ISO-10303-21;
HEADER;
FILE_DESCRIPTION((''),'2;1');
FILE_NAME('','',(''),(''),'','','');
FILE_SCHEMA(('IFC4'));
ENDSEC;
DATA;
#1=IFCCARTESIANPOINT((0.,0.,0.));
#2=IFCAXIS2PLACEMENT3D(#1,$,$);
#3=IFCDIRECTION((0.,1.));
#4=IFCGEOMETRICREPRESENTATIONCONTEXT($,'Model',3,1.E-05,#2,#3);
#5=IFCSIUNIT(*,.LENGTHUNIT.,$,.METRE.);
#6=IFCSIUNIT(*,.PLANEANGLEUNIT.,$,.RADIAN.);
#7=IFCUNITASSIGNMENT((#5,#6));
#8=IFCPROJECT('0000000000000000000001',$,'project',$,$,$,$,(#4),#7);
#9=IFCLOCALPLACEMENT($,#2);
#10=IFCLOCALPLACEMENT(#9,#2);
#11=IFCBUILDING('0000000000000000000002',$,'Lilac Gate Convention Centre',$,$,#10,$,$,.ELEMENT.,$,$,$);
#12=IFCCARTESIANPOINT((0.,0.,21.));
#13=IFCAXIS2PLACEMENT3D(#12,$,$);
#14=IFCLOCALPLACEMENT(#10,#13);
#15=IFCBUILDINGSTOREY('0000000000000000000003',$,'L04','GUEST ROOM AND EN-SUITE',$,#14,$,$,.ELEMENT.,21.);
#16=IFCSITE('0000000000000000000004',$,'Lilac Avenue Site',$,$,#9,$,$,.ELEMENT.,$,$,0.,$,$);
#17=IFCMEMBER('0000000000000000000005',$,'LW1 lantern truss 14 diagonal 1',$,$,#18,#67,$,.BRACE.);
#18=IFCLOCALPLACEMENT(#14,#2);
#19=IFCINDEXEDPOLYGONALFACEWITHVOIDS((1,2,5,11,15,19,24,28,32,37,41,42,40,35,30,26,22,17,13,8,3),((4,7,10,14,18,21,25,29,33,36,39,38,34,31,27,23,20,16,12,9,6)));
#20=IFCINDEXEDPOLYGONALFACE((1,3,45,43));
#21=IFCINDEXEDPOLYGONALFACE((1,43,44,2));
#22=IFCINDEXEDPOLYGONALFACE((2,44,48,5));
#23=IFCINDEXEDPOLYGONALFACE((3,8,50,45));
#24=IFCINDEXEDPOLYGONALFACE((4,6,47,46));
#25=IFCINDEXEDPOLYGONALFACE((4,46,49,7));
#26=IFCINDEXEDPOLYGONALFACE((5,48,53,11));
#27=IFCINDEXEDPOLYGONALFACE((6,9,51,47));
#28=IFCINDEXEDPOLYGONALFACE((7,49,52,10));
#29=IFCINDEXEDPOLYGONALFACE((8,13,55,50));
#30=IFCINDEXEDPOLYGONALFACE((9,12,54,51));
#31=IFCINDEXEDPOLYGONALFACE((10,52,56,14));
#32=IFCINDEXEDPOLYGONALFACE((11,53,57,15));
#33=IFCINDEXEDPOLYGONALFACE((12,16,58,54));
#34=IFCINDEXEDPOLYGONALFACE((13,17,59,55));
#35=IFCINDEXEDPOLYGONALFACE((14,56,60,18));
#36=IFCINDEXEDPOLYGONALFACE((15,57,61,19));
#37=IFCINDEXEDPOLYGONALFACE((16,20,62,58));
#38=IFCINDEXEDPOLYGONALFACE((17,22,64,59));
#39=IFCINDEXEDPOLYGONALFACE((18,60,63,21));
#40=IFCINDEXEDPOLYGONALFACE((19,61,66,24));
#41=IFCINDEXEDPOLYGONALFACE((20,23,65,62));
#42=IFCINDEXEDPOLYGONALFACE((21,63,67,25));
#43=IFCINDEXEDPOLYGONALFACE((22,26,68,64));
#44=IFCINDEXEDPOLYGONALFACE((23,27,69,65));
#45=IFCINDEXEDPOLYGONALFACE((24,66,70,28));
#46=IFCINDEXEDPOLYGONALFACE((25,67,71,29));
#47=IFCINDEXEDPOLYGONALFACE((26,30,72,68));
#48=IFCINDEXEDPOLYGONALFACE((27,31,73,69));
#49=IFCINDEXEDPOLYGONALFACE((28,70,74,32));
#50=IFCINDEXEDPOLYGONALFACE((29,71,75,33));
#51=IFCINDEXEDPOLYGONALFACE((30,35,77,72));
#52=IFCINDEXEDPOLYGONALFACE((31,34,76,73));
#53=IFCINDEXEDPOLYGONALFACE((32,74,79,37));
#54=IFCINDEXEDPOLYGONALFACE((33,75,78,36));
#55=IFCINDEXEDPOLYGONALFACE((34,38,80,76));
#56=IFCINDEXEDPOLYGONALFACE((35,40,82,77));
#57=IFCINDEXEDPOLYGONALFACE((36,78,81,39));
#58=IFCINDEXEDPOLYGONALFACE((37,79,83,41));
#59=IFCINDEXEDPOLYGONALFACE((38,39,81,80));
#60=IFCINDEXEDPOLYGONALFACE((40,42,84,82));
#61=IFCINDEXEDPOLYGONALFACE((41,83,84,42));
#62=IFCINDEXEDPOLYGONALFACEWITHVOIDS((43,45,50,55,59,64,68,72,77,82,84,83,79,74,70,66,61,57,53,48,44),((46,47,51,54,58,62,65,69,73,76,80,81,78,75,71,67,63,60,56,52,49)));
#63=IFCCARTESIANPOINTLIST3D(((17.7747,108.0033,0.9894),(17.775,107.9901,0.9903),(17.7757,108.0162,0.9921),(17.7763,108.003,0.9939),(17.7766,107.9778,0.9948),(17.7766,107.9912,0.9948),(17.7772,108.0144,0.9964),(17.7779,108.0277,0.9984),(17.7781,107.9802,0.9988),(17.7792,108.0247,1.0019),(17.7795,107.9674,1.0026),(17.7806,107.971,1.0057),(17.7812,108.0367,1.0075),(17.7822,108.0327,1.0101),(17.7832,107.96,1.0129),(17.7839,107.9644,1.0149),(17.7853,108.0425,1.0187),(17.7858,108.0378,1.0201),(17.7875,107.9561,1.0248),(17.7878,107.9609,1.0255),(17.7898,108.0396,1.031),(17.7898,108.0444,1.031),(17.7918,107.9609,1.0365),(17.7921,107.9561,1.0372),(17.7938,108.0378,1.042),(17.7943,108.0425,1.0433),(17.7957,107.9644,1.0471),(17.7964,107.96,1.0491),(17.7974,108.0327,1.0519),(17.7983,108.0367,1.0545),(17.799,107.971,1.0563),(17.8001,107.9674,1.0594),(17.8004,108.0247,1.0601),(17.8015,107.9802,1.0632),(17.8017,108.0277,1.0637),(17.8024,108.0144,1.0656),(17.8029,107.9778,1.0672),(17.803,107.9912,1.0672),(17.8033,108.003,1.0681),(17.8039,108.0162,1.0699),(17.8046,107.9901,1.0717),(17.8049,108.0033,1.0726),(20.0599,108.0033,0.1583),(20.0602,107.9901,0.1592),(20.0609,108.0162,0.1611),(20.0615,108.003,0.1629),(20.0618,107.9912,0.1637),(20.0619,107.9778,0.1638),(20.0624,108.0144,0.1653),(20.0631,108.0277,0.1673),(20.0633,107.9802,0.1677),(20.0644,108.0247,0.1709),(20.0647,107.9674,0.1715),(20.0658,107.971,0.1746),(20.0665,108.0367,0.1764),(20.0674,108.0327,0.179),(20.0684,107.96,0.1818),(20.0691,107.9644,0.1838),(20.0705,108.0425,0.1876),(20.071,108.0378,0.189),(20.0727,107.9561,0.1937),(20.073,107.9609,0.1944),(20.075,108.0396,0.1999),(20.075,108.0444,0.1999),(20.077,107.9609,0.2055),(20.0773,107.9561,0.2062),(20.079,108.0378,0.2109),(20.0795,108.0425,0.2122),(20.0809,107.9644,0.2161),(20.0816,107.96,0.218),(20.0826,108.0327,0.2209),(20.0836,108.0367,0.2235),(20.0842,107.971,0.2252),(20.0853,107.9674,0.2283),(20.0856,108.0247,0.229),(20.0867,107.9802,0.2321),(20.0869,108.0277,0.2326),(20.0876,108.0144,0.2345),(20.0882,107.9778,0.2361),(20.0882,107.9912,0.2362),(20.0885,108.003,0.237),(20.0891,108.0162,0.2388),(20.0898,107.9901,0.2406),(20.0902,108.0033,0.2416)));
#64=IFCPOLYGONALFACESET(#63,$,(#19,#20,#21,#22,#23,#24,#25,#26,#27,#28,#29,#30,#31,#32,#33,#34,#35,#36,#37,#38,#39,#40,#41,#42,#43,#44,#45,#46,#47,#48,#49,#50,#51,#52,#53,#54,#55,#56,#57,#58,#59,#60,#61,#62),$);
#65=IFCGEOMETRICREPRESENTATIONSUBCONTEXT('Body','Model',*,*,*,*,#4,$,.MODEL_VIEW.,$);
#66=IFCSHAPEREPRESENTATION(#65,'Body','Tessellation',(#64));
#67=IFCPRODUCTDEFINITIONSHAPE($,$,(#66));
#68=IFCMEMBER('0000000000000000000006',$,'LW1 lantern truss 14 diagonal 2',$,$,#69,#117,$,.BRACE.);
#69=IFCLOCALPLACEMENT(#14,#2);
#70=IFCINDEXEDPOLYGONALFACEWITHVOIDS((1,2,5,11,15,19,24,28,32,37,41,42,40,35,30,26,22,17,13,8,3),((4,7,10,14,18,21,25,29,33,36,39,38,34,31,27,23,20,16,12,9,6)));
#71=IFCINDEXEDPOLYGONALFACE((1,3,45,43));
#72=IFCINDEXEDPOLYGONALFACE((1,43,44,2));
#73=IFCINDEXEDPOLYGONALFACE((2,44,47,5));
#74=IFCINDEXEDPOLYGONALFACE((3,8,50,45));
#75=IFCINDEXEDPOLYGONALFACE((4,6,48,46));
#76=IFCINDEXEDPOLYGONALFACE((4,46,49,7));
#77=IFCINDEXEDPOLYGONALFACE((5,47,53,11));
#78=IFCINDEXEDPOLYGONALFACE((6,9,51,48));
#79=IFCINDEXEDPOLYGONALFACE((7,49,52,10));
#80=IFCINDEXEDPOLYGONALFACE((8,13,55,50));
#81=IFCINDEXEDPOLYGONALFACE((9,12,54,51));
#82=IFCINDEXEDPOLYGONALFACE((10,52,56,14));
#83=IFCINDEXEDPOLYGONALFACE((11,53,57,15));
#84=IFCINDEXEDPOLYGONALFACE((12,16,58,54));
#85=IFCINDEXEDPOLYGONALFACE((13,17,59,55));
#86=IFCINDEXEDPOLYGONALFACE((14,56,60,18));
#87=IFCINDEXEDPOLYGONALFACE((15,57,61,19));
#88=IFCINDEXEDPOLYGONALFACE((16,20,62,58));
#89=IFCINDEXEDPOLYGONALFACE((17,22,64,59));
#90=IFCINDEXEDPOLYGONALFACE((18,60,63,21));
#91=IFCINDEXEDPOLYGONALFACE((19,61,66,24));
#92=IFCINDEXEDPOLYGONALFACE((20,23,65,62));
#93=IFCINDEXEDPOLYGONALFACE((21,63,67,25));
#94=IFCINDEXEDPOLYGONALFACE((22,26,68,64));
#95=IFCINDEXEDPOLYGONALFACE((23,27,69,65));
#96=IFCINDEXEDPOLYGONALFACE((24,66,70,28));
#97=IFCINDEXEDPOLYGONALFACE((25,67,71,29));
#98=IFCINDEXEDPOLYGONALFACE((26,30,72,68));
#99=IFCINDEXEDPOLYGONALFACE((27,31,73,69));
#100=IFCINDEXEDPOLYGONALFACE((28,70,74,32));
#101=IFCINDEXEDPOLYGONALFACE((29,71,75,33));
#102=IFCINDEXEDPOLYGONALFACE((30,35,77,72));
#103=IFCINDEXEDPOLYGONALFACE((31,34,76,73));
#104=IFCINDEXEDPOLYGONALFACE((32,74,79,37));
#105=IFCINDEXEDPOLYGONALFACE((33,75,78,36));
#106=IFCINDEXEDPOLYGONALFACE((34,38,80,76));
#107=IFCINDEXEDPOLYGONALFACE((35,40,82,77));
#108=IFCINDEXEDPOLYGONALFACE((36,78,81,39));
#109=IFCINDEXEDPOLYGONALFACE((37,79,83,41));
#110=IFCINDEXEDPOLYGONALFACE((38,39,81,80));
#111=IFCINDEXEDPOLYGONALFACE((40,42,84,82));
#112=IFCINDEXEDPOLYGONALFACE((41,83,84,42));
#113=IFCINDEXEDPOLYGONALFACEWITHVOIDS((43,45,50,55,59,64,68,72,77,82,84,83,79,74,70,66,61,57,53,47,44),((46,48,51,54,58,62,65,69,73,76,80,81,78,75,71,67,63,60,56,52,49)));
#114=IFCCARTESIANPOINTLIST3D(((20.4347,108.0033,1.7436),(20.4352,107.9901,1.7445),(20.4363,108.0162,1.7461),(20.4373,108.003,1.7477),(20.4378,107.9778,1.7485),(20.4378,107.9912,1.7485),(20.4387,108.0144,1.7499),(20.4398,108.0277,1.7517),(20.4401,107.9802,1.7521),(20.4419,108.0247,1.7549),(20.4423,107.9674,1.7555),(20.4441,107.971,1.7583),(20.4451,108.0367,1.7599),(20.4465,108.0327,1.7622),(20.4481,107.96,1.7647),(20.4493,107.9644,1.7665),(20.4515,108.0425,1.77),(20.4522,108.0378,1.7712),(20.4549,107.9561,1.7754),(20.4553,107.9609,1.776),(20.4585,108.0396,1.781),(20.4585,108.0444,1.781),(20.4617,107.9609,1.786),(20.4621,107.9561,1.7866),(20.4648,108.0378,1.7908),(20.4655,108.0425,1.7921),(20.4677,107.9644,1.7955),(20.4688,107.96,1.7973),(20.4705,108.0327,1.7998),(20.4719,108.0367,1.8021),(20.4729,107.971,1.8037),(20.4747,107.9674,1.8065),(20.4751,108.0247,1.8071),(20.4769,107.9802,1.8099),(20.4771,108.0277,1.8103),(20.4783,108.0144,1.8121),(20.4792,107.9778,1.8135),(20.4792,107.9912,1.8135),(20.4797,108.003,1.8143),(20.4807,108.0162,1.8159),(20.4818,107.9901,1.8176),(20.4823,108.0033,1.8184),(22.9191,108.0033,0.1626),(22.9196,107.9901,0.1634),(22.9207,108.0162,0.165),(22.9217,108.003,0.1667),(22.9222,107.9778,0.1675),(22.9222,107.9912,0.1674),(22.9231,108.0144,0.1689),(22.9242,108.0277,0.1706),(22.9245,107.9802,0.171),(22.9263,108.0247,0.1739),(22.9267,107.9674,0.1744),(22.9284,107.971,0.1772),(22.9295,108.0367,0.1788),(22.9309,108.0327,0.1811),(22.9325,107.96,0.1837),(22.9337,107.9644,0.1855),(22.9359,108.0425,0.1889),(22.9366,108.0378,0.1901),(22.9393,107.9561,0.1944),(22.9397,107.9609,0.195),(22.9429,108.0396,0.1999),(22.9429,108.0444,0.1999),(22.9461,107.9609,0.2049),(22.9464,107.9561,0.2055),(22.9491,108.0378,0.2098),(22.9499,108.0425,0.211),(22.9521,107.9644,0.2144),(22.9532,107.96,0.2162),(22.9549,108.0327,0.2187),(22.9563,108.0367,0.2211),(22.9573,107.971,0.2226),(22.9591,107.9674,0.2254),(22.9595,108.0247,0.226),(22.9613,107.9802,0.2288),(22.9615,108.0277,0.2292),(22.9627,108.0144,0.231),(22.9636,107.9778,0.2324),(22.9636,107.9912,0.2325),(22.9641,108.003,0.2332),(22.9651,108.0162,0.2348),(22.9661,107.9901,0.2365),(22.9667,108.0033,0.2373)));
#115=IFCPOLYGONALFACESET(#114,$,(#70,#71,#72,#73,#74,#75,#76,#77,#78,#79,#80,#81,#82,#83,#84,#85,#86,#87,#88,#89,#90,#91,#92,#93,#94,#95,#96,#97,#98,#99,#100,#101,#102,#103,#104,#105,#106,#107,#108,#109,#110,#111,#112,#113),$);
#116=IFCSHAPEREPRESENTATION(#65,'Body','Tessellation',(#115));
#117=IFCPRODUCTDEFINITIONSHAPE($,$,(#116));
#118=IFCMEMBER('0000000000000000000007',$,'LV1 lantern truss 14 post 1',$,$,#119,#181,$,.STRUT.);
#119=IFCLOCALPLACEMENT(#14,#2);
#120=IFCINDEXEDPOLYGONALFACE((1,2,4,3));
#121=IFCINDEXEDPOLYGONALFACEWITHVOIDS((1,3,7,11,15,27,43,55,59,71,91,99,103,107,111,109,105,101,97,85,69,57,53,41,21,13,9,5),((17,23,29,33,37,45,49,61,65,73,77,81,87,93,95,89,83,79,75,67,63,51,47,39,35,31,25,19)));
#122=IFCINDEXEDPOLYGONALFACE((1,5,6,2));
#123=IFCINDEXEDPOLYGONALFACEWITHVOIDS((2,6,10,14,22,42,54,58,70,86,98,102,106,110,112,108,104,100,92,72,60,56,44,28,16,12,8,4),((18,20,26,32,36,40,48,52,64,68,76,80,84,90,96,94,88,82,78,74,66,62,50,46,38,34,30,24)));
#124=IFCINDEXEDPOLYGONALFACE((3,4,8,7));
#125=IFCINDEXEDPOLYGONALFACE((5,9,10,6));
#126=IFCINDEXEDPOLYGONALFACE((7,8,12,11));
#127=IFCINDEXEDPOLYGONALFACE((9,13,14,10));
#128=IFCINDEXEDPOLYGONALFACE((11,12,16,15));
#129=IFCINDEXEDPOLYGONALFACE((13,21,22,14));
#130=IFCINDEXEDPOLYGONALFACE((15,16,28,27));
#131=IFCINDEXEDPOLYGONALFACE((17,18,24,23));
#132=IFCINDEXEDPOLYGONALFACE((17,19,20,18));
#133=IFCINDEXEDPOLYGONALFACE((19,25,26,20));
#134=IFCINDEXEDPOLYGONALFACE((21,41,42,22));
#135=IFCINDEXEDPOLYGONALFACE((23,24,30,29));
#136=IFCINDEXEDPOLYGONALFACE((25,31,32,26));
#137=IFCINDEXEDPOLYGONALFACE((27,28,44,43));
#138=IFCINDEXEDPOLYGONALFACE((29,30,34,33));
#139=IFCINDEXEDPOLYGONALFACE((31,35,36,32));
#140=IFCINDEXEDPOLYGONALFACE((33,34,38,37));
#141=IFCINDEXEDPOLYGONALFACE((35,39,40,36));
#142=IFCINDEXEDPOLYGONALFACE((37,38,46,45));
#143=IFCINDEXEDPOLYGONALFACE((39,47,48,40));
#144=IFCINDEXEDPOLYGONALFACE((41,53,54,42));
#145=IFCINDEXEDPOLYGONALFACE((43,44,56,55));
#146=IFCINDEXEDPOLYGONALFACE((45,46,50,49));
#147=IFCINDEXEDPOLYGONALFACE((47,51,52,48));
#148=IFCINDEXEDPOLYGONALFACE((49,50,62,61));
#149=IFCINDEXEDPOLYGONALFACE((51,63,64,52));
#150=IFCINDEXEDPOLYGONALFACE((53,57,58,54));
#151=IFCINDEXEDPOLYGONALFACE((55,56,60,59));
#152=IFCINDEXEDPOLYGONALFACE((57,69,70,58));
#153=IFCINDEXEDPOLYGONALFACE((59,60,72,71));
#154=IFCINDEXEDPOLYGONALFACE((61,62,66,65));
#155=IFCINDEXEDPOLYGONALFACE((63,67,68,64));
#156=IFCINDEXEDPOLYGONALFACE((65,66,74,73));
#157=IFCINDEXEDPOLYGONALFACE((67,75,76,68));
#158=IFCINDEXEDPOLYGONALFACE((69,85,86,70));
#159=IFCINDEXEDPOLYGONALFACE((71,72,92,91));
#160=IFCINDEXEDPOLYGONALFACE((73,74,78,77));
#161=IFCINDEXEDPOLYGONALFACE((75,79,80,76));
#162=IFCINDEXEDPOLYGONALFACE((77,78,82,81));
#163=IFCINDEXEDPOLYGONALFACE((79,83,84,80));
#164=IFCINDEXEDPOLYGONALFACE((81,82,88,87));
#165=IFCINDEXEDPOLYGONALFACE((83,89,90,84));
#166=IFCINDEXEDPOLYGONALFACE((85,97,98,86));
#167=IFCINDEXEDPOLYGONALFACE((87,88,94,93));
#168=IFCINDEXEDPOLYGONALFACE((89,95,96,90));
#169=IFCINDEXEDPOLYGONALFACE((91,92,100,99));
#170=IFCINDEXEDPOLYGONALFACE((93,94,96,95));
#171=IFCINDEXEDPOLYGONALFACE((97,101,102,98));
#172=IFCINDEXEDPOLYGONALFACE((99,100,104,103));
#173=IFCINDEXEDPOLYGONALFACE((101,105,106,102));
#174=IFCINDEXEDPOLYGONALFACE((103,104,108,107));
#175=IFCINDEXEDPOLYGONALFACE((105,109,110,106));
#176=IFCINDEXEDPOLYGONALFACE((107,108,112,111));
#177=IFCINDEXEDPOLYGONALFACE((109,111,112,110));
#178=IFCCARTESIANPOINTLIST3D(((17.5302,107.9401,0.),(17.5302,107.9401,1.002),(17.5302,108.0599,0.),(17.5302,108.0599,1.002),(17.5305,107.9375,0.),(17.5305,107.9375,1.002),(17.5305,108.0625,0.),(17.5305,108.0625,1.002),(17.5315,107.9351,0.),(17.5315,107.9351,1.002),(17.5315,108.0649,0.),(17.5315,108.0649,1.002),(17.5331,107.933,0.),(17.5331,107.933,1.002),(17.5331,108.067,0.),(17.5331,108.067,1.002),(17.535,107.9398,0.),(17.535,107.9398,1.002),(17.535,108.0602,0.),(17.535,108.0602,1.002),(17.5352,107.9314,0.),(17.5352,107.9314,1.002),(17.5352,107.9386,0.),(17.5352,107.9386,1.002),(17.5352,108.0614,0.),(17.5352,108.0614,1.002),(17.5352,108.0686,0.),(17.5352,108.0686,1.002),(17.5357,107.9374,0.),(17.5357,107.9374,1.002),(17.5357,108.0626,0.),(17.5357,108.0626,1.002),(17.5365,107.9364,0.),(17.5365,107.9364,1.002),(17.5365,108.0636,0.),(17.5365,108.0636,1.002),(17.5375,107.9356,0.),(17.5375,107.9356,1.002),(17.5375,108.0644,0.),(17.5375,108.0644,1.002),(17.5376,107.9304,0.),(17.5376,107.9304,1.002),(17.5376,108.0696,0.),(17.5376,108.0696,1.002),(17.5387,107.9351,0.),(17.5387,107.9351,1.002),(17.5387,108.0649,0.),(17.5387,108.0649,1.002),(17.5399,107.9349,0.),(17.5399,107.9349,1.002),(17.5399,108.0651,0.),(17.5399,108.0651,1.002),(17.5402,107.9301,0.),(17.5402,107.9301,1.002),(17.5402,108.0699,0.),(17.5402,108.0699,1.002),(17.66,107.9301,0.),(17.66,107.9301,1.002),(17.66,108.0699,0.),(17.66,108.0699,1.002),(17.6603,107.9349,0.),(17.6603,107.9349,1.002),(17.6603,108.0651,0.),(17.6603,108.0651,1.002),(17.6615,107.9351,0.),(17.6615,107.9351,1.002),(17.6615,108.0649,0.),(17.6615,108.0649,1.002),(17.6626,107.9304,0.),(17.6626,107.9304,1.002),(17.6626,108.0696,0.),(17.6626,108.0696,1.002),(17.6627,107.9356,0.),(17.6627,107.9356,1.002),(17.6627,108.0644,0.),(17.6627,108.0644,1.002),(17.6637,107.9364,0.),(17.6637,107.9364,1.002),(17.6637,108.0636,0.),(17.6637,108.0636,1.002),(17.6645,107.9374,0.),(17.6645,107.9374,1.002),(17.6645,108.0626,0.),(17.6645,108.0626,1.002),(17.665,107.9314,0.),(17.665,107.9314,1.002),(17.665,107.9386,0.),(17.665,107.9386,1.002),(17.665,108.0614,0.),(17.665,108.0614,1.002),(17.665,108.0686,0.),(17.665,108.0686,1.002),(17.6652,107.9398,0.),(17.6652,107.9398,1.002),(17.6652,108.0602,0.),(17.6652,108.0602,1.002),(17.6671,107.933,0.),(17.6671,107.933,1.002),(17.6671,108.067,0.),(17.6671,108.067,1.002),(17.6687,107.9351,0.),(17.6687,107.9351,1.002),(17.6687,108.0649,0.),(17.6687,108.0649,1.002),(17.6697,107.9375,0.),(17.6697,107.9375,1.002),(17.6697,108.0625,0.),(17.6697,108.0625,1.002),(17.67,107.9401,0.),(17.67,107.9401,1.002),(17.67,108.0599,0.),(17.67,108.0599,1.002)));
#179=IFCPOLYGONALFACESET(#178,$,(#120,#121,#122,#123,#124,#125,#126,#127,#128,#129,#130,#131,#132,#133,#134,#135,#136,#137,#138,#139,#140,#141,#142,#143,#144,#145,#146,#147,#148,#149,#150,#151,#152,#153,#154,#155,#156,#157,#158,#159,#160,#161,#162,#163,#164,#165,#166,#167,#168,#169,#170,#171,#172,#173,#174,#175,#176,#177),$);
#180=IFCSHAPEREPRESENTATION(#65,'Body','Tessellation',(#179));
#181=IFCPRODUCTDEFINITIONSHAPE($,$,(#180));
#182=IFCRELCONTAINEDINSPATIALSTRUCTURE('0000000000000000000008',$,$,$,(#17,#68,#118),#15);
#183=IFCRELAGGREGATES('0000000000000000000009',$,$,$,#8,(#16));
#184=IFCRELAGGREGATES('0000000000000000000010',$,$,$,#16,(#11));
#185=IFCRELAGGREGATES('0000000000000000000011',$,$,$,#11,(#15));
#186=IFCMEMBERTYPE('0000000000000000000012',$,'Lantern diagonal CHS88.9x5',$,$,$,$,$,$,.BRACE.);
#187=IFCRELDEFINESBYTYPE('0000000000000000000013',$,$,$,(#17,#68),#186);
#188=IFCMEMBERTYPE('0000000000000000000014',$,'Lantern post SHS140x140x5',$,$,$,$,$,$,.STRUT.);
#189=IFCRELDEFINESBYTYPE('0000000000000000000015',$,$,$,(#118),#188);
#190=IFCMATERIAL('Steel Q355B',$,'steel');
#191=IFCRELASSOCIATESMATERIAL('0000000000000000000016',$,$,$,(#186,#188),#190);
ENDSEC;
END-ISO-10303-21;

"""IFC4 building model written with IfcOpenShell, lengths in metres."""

from ifc_helpers import new_model, si_unit, direction, frame, origin, origin_2d, place, context, subcontext, project, spatial, hollow_rectangle, hollow_circle, extrude, material, material_profile, profile_set, type_object, element, save


model = new_model("IFC4")

# Units and contexts
model_context = context("Model", 3, precision=1e-05, world=origin(), true_north=direction((0.0, 1.0)))
body_context = subcontext(model_context, "Body", "Model", "MODEL_VIEW")
ifc_project = project(units=[si_unit("LENGTHUNIT", "METRE"), si_unit("PLANEANGLEUNIT", "RADIAN")], contexts=[model_context])

# Site, building, storey
site_placement = place(None, origin())
site = spatial("IfcSite", under=ifc_project, at=site_placement, Name="Lilac Avenue Site", CompositionType="ELEMENT", RefElevation=0.0)
building_placement = place(site_placement, origin())
building = spatial("IfcBuilding", under=site, at=building_placement, Name="Lilac Gate Convention Centre", CompositionType="ELEMENT")
storey_placement = place(building_placement, frame((0.0, 0.0, 21.0)))
storey = spatial("IfcBuildingStorey", under=building, at=storey_placement, Name="L04", Description="GUEST ROOM AND EN-SUITE", CompositionType="ELEMENT", Elevation=21.0)

# Members
ifc_material_1 = material(Name="Steel Q355B", Category="steel")
ifc_material_profile_1 = material_profile(ifc_material_1, hollow_circle(Radius=0.0444, WallThickness=0.0049, at=origin_2d()), Name="CHS88.9x5")
ifc_profile_set_1 = profile_set([ifc_material_profile_1], Name="Steel Q355B")
member_type_1 = type_object("IfcMemberType", Name="Lantern diagonal CHS88.9x5", PredefinedType="BRACE", material=ifc_profile_set_1)
member_1_placement = place(storey_placement, frame((17.7898, 108.0, 1.031), z_axis=(0.939782, 0.0, -0.341775), x_axis=(0.0, 1.0, 0.0)))
element("IfcMember", 1, at=member_1_placement, inside=storey, type_object=member_type_1, Name="LW1 lantern truss 14 diagonal 1", PredefinedType="BRACE", context=body_context, shape_type="SweptSolid", body=[
    extrude(hollow_circle(Radius=0.0444, WallThickness=0.0049, at=origin_2d()), origin(), (0.0, 0.0, 1.0), 2.4316),
])
member_2_placement = place(storey_placement, frame((20.4585, 108.0, 1.781), z_axis=(0.843648, 0.0, -0.536897), x_axis=(0.0, 1.0, 0.0)))
element("IfcMember", 2, at=member_2_placement, inside=storey, type_object=member_type_1, Name="LW1 lantern truss 14 diagonal 2", PredefinedType="BRACE", context=body_context, shape_type="SweptSolid", body=[
    extrude(hollow_circle(Radius=0.0444, WallThickness=0.0049, at=origin_2d()), origin(), (0.0, 0.0, 1.0), 2.9448),
])
ifc_material_profile_2 = material_profile(ifc_material_1, hollow_rectangle(XDim=0.1399, YDim=0.1399, WallThickness=0.0049, InnerFilletRadius=0.0049, OuterFilletRadius=0.01, at=origin_2d()), Name="SHS140x140x5")
ifc_profile_set_2 = profile_set([ifc_material_profile_2], Name="Steel Q355B")
member_type_2 = type_object("IfcMemberType", Name="Lantern post SHS140x140x5", PredefinedType="STRUT", material=ifc_profile_set_2)
member_3_placement = place(storey_placement, frame((17.6001, 108.0, 0.0), z_axis=(0.0, 0.0, 1.0), x_axis=(1.0, 0.0, 0.0)))
element("IfcMember", 3, at=member_3_placement, inside=storey, type_object=member_type_2, Name="LV1 lantern truss 14 post 1", PredefinedType="STRUT", context=body_context, shape_type="SweptSolid", body=[
    extrude(hollow_rectangle(XDim=0.1399, YDim=0.1399, WallThickness=0.0049, InnerFilletRadius=0.0049, OuterFilletRadius=0.01, at=origin_2d()), origin(), (0.0, 0.0, 1.0), 1.002),
])

save(model, "model.ifc")
